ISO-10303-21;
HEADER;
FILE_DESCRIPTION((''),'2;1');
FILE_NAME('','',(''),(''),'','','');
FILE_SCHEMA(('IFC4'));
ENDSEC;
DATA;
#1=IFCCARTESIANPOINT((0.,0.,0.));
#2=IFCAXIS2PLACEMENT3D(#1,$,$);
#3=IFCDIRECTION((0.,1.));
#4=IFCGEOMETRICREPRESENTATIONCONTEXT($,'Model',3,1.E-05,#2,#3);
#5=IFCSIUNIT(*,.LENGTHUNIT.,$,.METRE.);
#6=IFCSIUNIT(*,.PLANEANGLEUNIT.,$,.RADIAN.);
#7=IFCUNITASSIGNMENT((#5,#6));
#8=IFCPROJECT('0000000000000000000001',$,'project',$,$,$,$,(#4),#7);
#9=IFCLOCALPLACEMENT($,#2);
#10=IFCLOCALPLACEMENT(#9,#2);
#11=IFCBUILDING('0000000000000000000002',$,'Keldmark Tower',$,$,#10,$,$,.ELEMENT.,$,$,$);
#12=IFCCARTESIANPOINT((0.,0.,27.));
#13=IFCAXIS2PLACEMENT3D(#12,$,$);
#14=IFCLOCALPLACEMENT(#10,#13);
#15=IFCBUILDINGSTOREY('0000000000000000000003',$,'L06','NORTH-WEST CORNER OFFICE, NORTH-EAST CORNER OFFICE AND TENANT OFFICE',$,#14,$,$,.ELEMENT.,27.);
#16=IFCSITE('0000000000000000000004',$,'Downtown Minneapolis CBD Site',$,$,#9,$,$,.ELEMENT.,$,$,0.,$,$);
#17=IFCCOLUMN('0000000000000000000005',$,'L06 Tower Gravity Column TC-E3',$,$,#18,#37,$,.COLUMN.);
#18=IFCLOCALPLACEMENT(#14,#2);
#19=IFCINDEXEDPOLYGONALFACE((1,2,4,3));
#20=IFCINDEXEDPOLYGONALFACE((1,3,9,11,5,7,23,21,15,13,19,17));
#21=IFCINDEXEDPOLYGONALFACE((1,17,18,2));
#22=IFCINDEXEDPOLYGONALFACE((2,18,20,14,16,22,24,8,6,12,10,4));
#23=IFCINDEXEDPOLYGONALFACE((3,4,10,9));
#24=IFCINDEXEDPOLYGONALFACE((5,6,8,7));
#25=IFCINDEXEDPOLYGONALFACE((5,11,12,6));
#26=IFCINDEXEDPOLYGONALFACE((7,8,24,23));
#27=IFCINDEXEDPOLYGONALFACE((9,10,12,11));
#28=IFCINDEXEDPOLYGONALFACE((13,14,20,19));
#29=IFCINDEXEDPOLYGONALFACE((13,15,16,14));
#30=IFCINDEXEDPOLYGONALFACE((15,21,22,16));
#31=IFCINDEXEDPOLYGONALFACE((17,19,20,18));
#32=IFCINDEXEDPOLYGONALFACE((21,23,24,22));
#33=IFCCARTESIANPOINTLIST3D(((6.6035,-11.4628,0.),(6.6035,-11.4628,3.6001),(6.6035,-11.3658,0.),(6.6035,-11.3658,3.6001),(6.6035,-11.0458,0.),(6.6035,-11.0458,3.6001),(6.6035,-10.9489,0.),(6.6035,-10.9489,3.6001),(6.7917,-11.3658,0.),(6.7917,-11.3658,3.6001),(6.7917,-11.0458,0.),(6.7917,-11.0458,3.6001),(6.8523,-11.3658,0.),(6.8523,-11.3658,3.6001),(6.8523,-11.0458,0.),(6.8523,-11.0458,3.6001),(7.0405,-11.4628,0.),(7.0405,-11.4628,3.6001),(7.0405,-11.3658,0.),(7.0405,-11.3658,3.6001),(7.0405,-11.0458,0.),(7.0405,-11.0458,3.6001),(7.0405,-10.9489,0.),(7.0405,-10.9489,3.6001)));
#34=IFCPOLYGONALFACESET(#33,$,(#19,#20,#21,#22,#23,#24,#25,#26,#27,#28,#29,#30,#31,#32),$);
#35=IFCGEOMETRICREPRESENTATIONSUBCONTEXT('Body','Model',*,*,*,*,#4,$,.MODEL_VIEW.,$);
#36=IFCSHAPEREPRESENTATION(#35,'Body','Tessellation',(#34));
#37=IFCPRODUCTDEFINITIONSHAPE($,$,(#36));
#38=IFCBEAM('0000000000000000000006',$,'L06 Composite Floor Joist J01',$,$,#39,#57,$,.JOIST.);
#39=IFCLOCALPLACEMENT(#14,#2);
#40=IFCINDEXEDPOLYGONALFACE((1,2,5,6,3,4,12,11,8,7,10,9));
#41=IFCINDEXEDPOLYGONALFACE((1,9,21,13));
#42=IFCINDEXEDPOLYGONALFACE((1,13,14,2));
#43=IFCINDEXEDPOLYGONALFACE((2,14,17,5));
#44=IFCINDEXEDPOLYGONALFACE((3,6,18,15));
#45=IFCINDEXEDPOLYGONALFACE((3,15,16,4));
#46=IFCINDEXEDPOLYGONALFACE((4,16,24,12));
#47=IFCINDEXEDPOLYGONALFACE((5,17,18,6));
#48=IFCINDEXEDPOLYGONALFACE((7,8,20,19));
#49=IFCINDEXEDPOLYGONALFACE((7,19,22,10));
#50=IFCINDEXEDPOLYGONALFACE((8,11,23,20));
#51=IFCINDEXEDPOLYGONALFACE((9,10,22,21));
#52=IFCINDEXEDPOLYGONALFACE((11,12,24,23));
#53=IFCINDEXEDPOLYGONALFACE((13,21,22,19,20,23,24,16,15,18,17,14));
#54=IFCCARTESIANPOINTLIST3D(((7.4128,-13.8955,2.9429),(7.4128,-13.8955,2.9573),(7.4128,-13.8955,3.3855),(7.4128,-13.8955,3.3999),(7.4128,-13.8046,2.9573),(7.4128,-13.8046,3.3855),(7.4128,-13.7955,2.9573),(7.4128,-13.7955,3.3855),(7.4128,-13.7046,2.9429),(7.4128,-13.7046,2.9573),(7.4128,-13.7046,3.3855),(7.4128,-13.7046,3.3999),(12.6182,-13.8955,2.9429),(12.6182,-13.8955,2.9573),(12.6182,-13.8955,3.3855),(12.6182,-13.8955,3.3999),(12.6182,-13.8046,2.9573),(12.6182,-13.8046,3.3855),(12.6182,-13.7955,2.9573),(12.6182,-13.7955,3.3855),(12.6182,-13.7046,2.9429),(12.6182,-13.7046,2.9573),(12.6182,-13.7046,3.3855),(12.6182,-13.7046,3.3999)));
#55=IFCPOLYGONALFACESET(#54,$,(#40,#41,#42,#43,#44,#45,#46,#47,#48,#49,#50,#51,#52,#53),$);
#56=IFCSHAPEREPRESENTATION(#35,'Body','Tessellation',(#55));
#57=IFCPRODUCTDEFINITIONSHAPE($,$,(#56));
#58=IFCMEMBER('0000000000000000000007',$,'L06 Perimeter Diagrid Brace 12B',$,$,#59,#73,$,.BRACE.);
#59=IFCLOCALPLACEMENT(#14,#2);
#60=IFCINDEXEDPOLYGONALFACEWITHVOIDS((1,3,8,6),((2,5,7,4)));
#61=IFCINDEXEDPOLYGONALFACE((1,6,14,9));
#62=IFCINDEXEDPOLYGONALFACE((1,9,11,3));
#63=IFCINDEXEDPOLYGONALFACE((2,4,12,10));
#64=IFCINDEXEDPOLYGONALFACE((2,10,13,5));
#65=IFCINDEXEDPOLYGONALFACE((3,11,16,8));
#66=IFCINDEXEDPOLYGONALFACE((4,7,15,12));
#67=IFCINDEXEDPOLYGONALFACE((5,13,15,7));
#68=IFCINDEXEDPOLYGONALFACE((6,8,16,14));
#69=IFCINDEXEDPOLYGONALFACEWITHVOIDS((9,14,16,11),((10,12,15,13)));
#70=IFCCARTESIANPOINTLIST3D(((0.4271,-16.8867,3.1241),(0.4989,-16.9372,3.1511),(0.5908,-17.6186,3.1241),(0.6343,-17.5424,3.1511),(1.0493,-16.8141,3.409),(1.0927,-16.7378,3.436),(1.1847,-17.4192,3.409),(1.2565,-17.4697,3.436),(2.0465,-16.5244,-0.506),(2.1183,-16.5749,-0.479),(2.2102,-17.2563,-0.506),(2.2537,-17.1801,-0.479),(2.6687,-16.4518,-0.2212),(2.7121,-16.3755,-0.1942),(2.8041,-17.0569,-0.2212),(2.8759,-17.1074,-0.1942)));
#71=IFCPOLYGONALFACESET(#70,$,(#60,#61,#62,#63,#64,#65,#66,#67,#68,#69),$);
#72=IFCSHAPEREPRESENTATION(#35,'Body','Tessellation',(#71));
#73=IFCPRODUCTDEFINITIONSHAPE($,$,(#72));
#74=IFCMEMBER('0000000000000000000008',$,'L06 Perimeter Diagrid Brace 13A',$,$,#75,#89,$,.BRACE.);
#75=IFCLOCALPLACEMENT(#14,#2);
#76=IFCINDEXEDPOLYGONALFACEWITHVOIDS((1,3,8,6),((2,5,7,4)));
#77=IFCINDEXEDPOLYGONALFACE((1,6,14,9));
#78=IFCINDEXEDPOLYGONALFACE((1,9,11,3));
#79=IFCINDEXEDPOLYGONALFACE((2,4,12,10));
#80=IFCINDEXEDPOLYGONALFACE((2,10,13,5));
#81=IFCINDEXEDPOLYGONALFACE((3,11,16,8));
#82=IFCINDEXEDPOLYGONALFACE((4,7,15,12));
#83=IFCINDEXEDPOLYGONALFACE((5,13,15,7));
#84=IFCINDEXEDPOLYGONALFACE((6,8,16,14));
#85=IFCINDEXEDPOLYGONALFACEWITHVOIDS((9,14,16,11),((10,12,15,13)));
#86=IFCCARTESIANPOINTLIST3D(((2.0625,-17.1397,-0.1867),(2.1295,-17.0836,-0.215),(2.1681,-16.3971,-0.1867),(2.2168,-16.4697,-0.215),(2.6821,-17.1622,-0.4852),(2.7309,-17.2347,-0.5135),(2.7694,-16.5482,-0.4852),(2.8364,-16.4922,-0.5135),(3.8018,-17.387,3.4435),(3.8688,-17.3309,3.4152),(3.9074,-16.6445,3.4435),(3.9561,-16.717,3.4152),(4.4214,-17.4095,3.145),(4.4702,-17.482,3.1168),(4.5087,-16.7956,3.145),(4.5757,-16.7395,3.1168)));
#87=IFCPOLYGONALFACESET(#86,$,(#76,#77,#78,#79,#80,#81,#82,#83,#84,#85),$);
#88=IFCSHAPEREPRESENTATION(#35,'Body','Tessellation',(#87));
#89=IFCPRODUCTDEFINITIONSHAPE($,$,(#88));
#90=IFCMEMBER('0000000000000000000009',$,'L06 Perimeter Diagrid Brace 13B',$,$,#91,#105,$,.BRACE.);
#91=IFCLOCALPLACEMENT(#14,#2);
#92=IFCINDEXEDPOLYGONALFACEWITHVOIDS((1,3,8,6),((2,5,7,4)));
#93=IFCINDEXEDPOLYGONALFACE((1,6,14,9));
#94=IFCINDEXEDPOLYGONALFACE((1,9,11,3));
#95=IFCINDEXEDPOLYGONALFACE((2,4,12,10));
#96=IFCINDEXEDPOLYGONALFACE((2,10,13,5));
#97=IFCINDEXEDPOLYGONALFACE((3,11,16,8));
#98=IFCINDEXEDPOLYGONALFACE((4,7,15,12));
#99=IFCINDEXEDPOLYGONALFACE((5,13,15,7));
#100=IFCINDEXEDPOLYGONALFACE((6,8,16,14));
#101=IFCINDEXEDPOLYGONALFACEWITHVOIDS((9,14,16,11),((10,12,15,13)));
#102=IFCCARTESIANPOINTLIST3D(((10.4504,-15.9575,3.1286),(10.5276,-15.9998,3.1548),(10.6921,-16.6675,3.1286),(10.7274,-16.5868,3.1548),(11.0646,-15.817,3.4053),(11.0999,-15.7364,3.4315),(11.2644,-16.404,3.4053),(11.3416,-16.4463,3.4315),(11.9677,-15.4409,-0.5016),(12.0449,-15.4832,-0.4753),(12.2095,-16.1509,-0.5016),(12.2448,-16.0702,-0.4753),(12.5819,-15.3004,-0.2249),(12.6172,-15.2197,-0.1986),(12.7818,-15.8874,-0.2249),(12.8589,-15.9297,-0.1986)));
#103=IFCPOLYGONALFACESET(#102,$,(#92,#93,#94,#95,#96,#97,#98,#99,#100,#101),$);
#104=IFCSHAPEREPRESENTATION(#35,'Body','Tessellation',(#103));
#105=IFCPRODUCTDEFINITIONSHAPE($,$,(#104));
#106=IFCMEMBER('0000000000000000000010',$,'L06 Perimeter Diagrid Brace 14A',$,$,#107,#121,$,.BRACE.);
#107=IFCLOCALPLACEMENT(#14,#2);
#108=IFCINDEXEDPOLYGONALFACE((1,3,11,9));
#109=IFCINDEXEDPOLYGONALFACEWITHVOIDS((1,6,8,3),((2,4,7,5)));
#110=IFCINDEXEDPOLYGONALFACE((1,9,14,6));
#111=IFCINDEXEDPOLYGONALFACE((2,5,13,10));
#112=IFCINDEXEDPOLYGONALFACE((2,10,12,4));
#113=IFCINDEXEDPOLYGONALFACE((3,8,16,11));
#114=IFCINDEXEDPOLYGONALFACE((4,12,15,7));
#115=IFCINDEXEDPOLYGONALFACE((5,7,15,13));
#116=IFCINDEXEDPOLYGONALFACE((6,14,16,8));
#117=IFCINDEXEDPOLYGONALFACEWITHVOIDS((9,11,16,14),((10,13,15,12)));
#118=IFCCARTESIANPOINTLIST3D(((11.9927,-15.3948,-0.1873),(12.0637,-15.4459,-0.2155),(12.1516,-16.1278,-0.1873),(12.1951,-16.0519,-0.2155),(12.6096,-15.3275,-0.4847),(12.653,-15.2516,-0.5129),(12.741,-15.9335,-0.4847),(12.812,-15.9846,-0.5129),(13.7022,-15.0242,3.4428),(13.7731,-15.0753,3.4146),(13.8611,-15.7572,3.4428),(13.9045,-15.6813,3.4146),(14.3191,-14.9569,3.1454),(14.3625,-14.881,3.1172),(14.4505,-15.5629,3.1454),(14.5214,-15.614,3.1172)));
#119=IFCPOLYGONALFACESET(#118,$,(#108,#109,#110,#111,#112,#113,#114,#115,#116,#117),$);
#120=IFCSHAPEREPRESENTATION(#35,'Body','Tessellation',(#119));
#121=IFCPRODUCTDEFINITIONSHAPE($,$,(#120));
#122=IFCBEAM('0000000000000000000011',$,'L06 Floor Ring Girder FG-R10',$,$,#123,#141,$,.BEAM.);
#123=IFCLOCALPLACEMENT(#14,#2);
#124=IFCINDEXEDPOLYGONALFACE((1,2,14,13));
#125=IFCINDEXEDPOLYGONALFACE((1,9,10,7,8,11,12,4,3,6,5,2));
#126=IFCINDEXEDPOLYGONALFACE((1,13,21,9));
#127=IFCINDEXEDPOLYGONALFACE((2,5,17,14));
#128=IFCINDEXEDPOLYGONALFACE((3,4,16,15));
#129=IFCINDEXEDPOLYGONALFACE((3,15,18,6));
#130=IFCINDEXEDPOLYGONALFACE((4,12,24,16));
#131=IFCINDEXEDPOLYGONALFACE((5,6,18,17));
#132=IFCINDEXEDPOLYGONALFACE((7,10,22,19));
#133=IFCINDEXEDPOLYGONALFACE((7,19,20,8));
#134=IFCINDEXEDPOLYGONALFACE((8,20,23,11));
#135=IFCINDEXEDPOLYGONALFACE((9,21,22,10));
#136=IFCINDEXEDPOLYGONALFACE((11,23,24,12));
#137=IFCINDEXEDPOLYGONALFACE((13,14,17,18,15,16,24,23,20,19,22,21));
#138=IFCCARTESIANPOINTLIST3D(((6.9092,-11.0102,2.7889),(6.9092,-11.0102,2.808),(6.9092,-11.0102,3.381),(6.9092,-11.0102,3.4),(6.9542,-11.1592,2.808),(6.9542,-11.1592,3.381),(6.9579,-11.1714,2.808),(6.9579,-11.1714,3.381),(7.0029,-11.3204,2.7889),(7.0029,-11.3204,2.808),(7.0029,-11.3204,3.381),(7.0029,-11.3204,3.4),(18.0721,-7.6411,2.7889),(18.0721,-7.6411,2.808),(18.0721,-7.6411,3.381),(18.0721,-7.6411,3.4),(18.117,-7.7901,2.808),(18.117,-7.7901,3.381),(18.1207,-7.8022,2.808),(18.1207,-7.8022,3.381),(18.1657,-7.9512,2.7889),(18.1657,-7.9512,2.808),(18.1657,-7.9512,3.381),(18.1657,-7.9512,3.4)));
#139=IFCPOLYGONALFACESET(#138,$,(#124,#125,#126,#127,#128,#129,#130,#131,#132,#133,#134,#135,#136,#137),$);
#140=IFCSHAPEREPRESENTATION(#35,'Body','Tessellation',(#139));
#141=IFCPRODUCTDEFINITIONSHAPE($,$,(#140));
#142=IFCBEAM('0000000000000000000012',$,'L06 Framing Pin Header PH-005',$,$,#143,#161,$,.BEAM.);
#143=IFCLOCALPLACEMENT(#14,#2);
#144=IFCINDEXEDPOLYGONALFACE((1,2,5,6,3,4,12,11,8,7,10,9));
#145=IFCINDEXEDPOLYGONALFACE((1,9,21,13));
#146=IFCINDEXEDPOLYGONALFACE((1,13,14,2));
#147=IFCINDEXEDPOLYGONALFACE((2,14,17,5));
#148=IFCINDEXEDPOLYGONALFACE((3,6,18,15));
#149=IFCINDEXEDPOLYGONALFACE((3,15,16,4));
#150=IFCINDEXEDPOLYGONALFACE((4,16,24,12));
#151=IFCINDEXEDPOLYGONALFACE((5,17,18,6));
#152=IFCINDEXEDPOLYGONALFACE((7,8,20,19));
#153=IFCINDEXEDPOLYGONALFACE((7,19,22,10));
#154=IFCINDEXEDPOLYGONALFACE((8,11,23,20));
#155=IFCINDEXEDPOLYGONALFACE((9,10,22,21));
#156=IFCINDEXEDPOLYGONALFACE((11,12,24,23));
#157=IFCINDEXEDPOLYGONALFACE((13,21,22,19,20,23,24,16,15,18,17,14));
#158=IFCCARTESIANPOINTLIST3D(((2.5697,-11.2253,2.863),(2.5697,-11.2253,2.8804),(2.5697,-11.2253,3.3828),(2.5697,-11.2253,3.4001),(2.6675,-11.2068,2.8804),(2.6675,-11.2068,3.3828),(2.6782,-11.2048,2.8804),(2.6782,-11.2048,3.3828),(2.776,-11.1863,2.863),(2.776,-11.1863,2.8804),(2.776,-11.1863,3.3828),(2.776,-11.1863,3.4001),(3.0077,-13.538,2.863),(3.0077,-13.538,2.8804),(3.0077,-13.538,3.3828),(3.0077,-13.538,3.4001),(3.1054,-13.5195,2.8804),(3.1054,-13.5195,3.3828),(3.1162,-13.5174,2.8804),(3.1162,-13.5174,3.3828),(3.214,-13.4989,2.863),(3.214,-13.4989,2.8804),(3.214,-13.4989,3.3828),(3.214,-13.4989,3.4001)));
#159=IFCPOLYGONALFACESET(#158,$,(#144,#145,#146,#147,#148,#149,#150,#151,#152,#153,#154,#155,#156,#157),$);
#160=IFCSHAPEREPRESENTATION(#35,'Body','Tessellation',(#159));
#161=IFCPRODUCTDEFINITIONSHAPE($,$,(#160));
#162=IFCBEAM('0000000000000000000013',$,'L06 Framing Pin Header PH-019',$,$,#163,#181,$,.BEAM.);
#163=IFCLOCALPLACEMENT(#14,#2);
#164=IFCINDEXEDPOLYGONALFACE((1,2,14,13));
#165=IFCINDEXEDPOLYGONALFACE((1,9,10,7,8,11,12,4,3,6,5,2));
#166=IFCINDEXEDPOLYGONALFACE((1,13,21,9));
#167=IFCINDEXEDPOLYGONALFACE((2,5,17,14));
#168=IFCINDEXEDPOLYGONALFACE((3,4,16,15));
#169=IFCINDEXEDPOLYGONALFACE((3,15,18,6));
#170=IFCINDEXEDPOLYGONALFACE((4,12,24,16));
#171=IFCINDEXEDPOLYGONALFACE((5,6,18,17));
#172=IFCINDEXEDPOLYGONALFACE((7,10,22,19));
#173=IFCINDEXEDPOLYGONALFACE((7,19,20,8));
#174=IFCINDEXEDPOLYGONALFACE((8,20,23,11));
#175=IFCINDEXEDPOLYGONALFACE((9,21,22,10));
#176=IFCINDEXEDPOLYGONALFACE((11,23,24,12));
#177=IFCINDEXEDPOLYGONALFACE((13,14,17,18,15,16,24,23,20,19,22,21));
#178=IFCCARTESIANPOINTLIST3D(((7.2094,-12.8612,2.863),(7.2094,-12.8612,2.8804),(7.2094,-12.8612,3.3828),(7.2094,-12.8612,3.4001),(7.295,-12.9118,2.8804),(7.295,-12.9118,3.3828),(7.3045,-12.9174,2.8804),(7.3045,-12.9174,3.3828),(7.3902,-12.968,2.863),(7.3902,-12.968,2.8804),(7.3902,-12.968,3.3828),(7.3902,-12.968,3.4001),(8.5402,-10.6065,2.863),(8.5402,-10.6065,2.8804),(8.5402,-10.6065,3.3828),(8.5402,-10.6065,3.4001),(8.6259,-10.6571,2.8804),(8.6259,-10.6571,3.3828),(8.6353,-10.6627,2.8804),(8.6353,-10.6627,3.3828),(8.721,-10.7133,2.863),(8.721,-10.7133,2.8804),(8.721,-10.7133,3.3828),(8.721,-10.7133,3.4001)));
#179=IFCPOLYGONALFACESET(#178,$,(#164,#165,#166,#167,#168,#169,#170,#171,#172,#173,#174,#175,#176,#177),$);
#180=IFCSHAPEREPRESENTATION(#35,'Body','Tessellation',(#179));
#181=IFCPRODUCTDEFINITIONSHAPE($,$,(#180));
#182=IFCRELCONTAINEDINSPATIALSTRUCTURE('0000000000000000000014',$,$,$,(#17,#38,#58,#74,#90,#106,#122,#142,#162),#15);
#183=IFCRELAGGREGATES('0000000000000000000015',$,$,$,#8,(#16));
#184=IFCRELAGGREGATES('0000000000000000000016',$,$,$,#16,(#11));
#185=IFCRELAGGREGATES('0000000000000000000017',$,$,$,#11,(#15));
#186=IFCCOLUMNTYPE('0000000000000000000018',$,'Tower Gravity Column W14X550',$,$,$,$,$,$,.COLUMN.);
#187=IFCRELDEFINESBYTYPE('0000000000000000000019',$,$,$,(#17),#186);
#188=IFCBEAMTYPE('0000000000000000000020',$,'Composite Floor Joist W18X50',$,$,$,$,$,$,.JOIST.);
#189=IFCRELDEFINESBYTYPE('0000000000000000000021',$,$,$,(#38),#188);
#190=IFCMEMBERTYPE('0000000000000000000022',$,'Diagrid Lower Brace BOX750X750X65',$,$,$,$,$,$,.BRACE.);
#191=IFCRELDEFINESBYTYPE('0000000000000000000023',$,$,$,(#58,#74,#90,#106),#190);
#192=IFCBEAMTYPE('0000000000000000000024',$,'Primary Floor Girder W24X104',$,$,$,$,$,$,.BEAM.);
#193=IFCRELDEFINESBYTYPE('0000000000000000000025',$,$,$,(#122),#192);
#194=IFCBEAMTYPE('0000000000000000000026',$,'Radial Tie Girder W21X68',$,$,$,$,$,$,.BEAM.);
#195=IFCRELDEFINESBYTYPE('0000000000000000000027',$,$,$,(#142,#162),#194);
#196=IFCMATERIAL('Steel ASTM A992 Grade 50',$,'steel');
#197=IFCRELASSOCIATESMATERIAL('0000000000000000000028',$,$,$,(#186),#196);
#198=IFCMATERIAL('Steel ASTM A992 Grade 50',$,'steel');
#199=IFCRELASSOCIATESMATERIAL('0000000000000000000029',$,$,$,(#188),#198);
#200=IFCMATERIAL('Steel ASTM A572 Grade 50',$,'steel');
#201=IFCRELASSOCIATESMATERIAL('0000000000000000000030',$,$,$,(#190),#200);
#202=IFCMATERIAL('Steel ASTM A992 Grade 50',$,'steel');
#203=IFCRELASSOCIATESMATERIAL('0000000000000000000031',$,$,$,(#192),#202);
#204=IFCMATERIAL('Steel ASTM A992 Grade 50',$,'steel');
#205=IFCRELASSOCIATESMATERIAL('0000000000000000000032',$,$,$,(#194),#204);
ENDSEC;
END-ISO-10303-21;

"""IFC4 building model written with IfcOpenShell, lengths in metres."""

from ifc_helpers import new_model, si_unit, direction, frame, origin, origin_2d, place, context, subcontext, project, spatial, hollow_rectangle, i_section, extrude, material, material_profile, profile_set, type_object, element, save


model = new_model("IFC4")

# Units and contexts
model_context = context("Model", 3, precision=1e-05, world=origin(), true_north=direction((0.0, 1.0)))
body_context = subcontext(model_context, "Body", "Model", "MODEL_VIEW")
ifc_project = project(units=[si_unit("LENGTHUNIT", "METRE"), si_unit("PLANEANGLEUNIT", "RADIAN")], contexts=[model_context])

# Site, building, storey
site_placement = place(None, origin())
site = spatial("IfcSite", under=ifc_project, at=site_placement, Name="Downtown Minneapolis CBD Site", CompositionType="ELEMENT", RefElevation=0.0)
building_placement = place(site_placement, origin())
building = spatial("IfcBuilding", under=site, at=building_placement, Name="Keldmark Tower", CompositionType="ELEMENT")
storey_placement = place(building_placement, frame((0.0, 0.0, 27.0)))
storey = spatial("IfcBuildingStorey", under=building, at=storey_placement, Name="L06", Description="NORTH-WEST CORNER OFFICE, NORTH-EAST CORNER OFFICE AND TENANT OFFICE", CompositionType="ELEMENT", Elevation=27.0)

# Column
ifc_material_1 = material(Name="Steel ASTM A992 Grade 50", Category="steel")
ifc_material_profile_1 = material_profile(ifc_material_1, i_section(OverallWidth=0.437, OverallDepth=0.5139, WebThickness=0.0605, FlangeThickness=0.0969, at=origin_2d()), Name="W14X550")
ifc_profile_set_1 = profile_set([ifc_material_profile_1], Name="Steel ASTM A992 Grade 50")
column_type = type_object("IfcColumnType", Name="Tower Gravity Column W14X550", PredefinedType="COLUMN", material=ifc_profile_set_1)
column_placement = place(storey_placement, frame((6.822, -11.2058, 0.0), z_axis=(0.0, 0.0, 1.0), x_axis=(1.0, 0.0, 0.0)))
element("IfcColumn", 1, at=column_placement, inside=storey, type_object=column_type, Name="L06 Tower Gravity Column TC-E3", PredefinedType="COLUMN", context=body_context, shape_type="SweptSolid", body=[
    extrude(i_section(OverallWidth=0.437, OverallDepth=0.5139, WebThickness=0.0605, FlangeThickness=0.0969, at=origin_2d()), origin(), (0.0, 0.0, 1.0), 3.6001),
])

# Beam
ifc_material_2 = material(Name="Steel ASTM A992 Grade 50", Category="steel")
ifc_material_profile_2 = material_profile(ifc_material_2, i_section(OverallWidth=0.1909, OverallDepth=0.457, WebThickness=0.009, FlangeThickness=0.0144, at=origin_2d()), Name="W18X50")
ifc_profile_set_2 = profile_set([ifc_material_profile_2], Name="Steel ASTM A992 Grade 50")
beam_type_1 = type_object("IfcBeamType", Name="Composite Floor Joist W18X50", PredefinedType="JOIST", material=ifc_profile_set_2)
beam_1_placement = place(storey_placement, frame((7.4128, -13.8, 3.1714), z_axis=(1.0, 0.0, 0.0), x_axis=(0.0, 1.0, 0.0)))
element("IfcBeam", 2, at=beam_1_placement, inside=storey, type_object=beam_type_1, Name="L06 Composite Floor Joist J01", PredefinedType="JOIST", context=body_context, shape_type="SweptSolid", body=[
    extrude(i_section(OverallWidth=0.1909, OverallDepth=0.457, WebThickness=0.009, FlangeThickness=0.0144, at=origin_2d()), origin(), (0.0, 0.0, 1.0), 5.2053),
])

# Members
ifc_material_3 = material(Name="Steel ASTM A572 Grade 50", Category="steel")
ifc_material_profile_3 = material_profile(ifc_material_3, hollow_rectangle(XDim=0.75, YDim=0.75, WallThickness=0.0649, at=origin_2d()), Name="BOX750X750X65")
ifc_profile_set_3 = profile_set([ifc_material_profile_3], Name="Steel ASTM A572 Grade 50")
member_type = type_object("IfcMemberType", Name="Diagrid Lower Brace BOX750X750X65", PredefinedType="BRACE", material=ifc_profile_set_3)
member_1_placement = place(storey_placement, frame((2.4612, -16.8159, -0.3501), z_axis=(-0.405716, -0.090771, 0.909481), x_axis=(0.218332, -0.975874, 0.0)))
element("IfcMember", 3, at=member_1_placement, inside=storey, type_object=member_type, Name="L06 Perimeter Diagrid Brace 12B", PredefinedType="BRACE", context=body_context, shape_type="SweptSolid", body=[
    extrude(hollow_rectangle(XDim=0.75, YDim=0.75, WallThickness=0.0649, at=origin_2d()), origin(), (0.0, 0.0, 1.0), 3.9915),
])
member_2_placement = place(storey_placement, frame((2.4495, -16.8159, -0.3501), z_axis=(0.431271, -0.061325, 0.900136), x_axis=(0.140779, 0.990041, 0.0)))
element("IfcMember", 4, at=member_2_placement, inside=storey, type_object=member_type, Name="L06 Perimeter Diagrid Brace 13A", PredefinedType="BRACE", context=body_context, shape_type="SweptSolid", body=[
    extrude(hollow_rectangle(XDim=0.75, YDim=0.75, WallThickness=0.0649, at=origin_2d()), origin(), (0.0, 0.0, 1.0), 4.033),
])
member_3_placement = place(storey_placement, frame((12.4133, -15.6853, -0.3501), z_axis=(-0.382369, -0.130184, 0.914793), x_axis=(0.322299, -0.946638, 0.0)))
element("IfcMember", 5, at=member_3_placement, inside=storey, type_object=member_type, Name="L06 Perimeter Diagrid Brace 13B", PredefinedType="BRACE", context=body_context, shape_type="SweptSolid", body=[
    extrude(hollow_rectangle(XDim=0.75, YDim=0.75, WallThickness=0.0649, at=origin_2d()), origin(), (0.0, 0.0, 1.0), 3.9683),
])
member_4_placement = place(storey_placement, frame((12.4023, -15.6897, -0.3501), z_axis=(0.424232, 0.091971, 0.900871), x_axis=(-0.211873, 0.977297, 0.0)))
element("IfcMember", 6, at=member_4_placement, inside=storey, type_object=member_type, Name="L06 Perimeter Diagrid Brace 14A", PredefinedType="BRACE", context=body_context, shape_type="SweptSolid", body=[
    extrude(hollow_rectangle(XDim=0.75, YDim=0.75, WallThickness=0.0649, at=origin_2d()), origin(), (0.0, 0.0, 1.0), 4.0295),
])

# Beams
ifc_material_4 = material(Name="Steel ASTM A992 Grade 50", Category="steel")
ifc_material_profile_4 = material_profile(ifc_material_4, i_section(OverallWidth=0.324, OverallDepth=0.6111, WebThickness=0.0127, FlangeThickness=0.019, at=origin_2d()), Name="W24X104")
ifc_profile_set_4 = profile_set([ifc_material_profile_4], Name="Steel ASTM A992 Grade 50")
beam_type_2 = type_object("IfcBeamType", Name="Primary Floor Girder W24X104", PredefinedType="BEAM", material=ifc_profile_set_4)
beam_2_placement = place(storey_placement, frame((6.9561, -11.1653, 3.0945), z_axis=(0.957346, 0.288944, 0.0), x_axis=(-0.288944, 0.957346, 0.0)))
element("IfcBeam", 7, at=beam_2_placement, inside=storey, type_object=beam_type_2, Name="L06 Floor Ring Girder FG-R10", PredefinedType="BEAM", context=body_context, shape_type="SweptSolid", body=[
    extrude(i_section(OverallWidth=0.324, OverallDepth=0.6111, WebThickness=0.0127, FlangeThickness=0.019, at=origin_2d()), origin(), (0.0, 0.0, 1.0), 11.6602),
])
ifc_material_5 = material(Name="Steel ASTM A992 Grade 50", Category="steel")
ifc_material_profile_5 = material_profile(ifc_material_5, i_section(OverallWidth=0.21, OverallDepth=0.5371, WebThickness=0.011, FlangeThickness=0.0173, at=origin_2d()), Name="W21X68")
ifc_profile_set_5 = profile_set([ifc_material_profile_5], Name="Steel ASTM A992 Grade 50")
beam_type_3 = type_object("IfcBeamType", Name="Radial Tie Girder W21X68", PredefinedType="BEAM", material=ifc_profile_set_5)
beam_3_placement = place(storey_placement, frame((2.6729, -11.2058, 3.1316), z_axis=(0.186073, -0.982536, 0.0), x_axis=(0.982536, 0.186073, 0.0)))
element("IfcBeam", 8, at=beam_3_placement, inside=storey, type_object=beam_type_3, Name="L06 Framing Pin Header PH-005", PredefinedType="BEAM", context=body_context, shape_type="SweptSolid", body=[
    extrude(i_section(OverallWidth=0.21, OverallDepth=0.5371, WebThickness=0.011, FlangeThickness=0.0173, at=origin_2d()), origin(), (0.0, 0.0, 1.0), 2.3538),
])
beam_4_placement = place(storey_placement, frame((8.6306, -10.6599, 3.1316), z_axis=(-0.508311, -0.861173, 0.0), x_axis=(0.861173, -0.508311, 0.0)))
element("IfcBeam", 9, at=beam_4_placement, inside=storey, type_object=beam_type_3, Name="L06 Framing Pin Header PH-019", PredefinedType="BEAM", context=body_context, shape_type="SweptSolid", body=[
    extrude(i_section(OverallWidth=0.21, OverallDepth=0.5371, WebThickness=0.011, FlangeThickness=0.0173, at=origin_2d()), origin(), (0.0, 0.0, 1.0), 2.6182),
])

save(model, "model.ifc")
